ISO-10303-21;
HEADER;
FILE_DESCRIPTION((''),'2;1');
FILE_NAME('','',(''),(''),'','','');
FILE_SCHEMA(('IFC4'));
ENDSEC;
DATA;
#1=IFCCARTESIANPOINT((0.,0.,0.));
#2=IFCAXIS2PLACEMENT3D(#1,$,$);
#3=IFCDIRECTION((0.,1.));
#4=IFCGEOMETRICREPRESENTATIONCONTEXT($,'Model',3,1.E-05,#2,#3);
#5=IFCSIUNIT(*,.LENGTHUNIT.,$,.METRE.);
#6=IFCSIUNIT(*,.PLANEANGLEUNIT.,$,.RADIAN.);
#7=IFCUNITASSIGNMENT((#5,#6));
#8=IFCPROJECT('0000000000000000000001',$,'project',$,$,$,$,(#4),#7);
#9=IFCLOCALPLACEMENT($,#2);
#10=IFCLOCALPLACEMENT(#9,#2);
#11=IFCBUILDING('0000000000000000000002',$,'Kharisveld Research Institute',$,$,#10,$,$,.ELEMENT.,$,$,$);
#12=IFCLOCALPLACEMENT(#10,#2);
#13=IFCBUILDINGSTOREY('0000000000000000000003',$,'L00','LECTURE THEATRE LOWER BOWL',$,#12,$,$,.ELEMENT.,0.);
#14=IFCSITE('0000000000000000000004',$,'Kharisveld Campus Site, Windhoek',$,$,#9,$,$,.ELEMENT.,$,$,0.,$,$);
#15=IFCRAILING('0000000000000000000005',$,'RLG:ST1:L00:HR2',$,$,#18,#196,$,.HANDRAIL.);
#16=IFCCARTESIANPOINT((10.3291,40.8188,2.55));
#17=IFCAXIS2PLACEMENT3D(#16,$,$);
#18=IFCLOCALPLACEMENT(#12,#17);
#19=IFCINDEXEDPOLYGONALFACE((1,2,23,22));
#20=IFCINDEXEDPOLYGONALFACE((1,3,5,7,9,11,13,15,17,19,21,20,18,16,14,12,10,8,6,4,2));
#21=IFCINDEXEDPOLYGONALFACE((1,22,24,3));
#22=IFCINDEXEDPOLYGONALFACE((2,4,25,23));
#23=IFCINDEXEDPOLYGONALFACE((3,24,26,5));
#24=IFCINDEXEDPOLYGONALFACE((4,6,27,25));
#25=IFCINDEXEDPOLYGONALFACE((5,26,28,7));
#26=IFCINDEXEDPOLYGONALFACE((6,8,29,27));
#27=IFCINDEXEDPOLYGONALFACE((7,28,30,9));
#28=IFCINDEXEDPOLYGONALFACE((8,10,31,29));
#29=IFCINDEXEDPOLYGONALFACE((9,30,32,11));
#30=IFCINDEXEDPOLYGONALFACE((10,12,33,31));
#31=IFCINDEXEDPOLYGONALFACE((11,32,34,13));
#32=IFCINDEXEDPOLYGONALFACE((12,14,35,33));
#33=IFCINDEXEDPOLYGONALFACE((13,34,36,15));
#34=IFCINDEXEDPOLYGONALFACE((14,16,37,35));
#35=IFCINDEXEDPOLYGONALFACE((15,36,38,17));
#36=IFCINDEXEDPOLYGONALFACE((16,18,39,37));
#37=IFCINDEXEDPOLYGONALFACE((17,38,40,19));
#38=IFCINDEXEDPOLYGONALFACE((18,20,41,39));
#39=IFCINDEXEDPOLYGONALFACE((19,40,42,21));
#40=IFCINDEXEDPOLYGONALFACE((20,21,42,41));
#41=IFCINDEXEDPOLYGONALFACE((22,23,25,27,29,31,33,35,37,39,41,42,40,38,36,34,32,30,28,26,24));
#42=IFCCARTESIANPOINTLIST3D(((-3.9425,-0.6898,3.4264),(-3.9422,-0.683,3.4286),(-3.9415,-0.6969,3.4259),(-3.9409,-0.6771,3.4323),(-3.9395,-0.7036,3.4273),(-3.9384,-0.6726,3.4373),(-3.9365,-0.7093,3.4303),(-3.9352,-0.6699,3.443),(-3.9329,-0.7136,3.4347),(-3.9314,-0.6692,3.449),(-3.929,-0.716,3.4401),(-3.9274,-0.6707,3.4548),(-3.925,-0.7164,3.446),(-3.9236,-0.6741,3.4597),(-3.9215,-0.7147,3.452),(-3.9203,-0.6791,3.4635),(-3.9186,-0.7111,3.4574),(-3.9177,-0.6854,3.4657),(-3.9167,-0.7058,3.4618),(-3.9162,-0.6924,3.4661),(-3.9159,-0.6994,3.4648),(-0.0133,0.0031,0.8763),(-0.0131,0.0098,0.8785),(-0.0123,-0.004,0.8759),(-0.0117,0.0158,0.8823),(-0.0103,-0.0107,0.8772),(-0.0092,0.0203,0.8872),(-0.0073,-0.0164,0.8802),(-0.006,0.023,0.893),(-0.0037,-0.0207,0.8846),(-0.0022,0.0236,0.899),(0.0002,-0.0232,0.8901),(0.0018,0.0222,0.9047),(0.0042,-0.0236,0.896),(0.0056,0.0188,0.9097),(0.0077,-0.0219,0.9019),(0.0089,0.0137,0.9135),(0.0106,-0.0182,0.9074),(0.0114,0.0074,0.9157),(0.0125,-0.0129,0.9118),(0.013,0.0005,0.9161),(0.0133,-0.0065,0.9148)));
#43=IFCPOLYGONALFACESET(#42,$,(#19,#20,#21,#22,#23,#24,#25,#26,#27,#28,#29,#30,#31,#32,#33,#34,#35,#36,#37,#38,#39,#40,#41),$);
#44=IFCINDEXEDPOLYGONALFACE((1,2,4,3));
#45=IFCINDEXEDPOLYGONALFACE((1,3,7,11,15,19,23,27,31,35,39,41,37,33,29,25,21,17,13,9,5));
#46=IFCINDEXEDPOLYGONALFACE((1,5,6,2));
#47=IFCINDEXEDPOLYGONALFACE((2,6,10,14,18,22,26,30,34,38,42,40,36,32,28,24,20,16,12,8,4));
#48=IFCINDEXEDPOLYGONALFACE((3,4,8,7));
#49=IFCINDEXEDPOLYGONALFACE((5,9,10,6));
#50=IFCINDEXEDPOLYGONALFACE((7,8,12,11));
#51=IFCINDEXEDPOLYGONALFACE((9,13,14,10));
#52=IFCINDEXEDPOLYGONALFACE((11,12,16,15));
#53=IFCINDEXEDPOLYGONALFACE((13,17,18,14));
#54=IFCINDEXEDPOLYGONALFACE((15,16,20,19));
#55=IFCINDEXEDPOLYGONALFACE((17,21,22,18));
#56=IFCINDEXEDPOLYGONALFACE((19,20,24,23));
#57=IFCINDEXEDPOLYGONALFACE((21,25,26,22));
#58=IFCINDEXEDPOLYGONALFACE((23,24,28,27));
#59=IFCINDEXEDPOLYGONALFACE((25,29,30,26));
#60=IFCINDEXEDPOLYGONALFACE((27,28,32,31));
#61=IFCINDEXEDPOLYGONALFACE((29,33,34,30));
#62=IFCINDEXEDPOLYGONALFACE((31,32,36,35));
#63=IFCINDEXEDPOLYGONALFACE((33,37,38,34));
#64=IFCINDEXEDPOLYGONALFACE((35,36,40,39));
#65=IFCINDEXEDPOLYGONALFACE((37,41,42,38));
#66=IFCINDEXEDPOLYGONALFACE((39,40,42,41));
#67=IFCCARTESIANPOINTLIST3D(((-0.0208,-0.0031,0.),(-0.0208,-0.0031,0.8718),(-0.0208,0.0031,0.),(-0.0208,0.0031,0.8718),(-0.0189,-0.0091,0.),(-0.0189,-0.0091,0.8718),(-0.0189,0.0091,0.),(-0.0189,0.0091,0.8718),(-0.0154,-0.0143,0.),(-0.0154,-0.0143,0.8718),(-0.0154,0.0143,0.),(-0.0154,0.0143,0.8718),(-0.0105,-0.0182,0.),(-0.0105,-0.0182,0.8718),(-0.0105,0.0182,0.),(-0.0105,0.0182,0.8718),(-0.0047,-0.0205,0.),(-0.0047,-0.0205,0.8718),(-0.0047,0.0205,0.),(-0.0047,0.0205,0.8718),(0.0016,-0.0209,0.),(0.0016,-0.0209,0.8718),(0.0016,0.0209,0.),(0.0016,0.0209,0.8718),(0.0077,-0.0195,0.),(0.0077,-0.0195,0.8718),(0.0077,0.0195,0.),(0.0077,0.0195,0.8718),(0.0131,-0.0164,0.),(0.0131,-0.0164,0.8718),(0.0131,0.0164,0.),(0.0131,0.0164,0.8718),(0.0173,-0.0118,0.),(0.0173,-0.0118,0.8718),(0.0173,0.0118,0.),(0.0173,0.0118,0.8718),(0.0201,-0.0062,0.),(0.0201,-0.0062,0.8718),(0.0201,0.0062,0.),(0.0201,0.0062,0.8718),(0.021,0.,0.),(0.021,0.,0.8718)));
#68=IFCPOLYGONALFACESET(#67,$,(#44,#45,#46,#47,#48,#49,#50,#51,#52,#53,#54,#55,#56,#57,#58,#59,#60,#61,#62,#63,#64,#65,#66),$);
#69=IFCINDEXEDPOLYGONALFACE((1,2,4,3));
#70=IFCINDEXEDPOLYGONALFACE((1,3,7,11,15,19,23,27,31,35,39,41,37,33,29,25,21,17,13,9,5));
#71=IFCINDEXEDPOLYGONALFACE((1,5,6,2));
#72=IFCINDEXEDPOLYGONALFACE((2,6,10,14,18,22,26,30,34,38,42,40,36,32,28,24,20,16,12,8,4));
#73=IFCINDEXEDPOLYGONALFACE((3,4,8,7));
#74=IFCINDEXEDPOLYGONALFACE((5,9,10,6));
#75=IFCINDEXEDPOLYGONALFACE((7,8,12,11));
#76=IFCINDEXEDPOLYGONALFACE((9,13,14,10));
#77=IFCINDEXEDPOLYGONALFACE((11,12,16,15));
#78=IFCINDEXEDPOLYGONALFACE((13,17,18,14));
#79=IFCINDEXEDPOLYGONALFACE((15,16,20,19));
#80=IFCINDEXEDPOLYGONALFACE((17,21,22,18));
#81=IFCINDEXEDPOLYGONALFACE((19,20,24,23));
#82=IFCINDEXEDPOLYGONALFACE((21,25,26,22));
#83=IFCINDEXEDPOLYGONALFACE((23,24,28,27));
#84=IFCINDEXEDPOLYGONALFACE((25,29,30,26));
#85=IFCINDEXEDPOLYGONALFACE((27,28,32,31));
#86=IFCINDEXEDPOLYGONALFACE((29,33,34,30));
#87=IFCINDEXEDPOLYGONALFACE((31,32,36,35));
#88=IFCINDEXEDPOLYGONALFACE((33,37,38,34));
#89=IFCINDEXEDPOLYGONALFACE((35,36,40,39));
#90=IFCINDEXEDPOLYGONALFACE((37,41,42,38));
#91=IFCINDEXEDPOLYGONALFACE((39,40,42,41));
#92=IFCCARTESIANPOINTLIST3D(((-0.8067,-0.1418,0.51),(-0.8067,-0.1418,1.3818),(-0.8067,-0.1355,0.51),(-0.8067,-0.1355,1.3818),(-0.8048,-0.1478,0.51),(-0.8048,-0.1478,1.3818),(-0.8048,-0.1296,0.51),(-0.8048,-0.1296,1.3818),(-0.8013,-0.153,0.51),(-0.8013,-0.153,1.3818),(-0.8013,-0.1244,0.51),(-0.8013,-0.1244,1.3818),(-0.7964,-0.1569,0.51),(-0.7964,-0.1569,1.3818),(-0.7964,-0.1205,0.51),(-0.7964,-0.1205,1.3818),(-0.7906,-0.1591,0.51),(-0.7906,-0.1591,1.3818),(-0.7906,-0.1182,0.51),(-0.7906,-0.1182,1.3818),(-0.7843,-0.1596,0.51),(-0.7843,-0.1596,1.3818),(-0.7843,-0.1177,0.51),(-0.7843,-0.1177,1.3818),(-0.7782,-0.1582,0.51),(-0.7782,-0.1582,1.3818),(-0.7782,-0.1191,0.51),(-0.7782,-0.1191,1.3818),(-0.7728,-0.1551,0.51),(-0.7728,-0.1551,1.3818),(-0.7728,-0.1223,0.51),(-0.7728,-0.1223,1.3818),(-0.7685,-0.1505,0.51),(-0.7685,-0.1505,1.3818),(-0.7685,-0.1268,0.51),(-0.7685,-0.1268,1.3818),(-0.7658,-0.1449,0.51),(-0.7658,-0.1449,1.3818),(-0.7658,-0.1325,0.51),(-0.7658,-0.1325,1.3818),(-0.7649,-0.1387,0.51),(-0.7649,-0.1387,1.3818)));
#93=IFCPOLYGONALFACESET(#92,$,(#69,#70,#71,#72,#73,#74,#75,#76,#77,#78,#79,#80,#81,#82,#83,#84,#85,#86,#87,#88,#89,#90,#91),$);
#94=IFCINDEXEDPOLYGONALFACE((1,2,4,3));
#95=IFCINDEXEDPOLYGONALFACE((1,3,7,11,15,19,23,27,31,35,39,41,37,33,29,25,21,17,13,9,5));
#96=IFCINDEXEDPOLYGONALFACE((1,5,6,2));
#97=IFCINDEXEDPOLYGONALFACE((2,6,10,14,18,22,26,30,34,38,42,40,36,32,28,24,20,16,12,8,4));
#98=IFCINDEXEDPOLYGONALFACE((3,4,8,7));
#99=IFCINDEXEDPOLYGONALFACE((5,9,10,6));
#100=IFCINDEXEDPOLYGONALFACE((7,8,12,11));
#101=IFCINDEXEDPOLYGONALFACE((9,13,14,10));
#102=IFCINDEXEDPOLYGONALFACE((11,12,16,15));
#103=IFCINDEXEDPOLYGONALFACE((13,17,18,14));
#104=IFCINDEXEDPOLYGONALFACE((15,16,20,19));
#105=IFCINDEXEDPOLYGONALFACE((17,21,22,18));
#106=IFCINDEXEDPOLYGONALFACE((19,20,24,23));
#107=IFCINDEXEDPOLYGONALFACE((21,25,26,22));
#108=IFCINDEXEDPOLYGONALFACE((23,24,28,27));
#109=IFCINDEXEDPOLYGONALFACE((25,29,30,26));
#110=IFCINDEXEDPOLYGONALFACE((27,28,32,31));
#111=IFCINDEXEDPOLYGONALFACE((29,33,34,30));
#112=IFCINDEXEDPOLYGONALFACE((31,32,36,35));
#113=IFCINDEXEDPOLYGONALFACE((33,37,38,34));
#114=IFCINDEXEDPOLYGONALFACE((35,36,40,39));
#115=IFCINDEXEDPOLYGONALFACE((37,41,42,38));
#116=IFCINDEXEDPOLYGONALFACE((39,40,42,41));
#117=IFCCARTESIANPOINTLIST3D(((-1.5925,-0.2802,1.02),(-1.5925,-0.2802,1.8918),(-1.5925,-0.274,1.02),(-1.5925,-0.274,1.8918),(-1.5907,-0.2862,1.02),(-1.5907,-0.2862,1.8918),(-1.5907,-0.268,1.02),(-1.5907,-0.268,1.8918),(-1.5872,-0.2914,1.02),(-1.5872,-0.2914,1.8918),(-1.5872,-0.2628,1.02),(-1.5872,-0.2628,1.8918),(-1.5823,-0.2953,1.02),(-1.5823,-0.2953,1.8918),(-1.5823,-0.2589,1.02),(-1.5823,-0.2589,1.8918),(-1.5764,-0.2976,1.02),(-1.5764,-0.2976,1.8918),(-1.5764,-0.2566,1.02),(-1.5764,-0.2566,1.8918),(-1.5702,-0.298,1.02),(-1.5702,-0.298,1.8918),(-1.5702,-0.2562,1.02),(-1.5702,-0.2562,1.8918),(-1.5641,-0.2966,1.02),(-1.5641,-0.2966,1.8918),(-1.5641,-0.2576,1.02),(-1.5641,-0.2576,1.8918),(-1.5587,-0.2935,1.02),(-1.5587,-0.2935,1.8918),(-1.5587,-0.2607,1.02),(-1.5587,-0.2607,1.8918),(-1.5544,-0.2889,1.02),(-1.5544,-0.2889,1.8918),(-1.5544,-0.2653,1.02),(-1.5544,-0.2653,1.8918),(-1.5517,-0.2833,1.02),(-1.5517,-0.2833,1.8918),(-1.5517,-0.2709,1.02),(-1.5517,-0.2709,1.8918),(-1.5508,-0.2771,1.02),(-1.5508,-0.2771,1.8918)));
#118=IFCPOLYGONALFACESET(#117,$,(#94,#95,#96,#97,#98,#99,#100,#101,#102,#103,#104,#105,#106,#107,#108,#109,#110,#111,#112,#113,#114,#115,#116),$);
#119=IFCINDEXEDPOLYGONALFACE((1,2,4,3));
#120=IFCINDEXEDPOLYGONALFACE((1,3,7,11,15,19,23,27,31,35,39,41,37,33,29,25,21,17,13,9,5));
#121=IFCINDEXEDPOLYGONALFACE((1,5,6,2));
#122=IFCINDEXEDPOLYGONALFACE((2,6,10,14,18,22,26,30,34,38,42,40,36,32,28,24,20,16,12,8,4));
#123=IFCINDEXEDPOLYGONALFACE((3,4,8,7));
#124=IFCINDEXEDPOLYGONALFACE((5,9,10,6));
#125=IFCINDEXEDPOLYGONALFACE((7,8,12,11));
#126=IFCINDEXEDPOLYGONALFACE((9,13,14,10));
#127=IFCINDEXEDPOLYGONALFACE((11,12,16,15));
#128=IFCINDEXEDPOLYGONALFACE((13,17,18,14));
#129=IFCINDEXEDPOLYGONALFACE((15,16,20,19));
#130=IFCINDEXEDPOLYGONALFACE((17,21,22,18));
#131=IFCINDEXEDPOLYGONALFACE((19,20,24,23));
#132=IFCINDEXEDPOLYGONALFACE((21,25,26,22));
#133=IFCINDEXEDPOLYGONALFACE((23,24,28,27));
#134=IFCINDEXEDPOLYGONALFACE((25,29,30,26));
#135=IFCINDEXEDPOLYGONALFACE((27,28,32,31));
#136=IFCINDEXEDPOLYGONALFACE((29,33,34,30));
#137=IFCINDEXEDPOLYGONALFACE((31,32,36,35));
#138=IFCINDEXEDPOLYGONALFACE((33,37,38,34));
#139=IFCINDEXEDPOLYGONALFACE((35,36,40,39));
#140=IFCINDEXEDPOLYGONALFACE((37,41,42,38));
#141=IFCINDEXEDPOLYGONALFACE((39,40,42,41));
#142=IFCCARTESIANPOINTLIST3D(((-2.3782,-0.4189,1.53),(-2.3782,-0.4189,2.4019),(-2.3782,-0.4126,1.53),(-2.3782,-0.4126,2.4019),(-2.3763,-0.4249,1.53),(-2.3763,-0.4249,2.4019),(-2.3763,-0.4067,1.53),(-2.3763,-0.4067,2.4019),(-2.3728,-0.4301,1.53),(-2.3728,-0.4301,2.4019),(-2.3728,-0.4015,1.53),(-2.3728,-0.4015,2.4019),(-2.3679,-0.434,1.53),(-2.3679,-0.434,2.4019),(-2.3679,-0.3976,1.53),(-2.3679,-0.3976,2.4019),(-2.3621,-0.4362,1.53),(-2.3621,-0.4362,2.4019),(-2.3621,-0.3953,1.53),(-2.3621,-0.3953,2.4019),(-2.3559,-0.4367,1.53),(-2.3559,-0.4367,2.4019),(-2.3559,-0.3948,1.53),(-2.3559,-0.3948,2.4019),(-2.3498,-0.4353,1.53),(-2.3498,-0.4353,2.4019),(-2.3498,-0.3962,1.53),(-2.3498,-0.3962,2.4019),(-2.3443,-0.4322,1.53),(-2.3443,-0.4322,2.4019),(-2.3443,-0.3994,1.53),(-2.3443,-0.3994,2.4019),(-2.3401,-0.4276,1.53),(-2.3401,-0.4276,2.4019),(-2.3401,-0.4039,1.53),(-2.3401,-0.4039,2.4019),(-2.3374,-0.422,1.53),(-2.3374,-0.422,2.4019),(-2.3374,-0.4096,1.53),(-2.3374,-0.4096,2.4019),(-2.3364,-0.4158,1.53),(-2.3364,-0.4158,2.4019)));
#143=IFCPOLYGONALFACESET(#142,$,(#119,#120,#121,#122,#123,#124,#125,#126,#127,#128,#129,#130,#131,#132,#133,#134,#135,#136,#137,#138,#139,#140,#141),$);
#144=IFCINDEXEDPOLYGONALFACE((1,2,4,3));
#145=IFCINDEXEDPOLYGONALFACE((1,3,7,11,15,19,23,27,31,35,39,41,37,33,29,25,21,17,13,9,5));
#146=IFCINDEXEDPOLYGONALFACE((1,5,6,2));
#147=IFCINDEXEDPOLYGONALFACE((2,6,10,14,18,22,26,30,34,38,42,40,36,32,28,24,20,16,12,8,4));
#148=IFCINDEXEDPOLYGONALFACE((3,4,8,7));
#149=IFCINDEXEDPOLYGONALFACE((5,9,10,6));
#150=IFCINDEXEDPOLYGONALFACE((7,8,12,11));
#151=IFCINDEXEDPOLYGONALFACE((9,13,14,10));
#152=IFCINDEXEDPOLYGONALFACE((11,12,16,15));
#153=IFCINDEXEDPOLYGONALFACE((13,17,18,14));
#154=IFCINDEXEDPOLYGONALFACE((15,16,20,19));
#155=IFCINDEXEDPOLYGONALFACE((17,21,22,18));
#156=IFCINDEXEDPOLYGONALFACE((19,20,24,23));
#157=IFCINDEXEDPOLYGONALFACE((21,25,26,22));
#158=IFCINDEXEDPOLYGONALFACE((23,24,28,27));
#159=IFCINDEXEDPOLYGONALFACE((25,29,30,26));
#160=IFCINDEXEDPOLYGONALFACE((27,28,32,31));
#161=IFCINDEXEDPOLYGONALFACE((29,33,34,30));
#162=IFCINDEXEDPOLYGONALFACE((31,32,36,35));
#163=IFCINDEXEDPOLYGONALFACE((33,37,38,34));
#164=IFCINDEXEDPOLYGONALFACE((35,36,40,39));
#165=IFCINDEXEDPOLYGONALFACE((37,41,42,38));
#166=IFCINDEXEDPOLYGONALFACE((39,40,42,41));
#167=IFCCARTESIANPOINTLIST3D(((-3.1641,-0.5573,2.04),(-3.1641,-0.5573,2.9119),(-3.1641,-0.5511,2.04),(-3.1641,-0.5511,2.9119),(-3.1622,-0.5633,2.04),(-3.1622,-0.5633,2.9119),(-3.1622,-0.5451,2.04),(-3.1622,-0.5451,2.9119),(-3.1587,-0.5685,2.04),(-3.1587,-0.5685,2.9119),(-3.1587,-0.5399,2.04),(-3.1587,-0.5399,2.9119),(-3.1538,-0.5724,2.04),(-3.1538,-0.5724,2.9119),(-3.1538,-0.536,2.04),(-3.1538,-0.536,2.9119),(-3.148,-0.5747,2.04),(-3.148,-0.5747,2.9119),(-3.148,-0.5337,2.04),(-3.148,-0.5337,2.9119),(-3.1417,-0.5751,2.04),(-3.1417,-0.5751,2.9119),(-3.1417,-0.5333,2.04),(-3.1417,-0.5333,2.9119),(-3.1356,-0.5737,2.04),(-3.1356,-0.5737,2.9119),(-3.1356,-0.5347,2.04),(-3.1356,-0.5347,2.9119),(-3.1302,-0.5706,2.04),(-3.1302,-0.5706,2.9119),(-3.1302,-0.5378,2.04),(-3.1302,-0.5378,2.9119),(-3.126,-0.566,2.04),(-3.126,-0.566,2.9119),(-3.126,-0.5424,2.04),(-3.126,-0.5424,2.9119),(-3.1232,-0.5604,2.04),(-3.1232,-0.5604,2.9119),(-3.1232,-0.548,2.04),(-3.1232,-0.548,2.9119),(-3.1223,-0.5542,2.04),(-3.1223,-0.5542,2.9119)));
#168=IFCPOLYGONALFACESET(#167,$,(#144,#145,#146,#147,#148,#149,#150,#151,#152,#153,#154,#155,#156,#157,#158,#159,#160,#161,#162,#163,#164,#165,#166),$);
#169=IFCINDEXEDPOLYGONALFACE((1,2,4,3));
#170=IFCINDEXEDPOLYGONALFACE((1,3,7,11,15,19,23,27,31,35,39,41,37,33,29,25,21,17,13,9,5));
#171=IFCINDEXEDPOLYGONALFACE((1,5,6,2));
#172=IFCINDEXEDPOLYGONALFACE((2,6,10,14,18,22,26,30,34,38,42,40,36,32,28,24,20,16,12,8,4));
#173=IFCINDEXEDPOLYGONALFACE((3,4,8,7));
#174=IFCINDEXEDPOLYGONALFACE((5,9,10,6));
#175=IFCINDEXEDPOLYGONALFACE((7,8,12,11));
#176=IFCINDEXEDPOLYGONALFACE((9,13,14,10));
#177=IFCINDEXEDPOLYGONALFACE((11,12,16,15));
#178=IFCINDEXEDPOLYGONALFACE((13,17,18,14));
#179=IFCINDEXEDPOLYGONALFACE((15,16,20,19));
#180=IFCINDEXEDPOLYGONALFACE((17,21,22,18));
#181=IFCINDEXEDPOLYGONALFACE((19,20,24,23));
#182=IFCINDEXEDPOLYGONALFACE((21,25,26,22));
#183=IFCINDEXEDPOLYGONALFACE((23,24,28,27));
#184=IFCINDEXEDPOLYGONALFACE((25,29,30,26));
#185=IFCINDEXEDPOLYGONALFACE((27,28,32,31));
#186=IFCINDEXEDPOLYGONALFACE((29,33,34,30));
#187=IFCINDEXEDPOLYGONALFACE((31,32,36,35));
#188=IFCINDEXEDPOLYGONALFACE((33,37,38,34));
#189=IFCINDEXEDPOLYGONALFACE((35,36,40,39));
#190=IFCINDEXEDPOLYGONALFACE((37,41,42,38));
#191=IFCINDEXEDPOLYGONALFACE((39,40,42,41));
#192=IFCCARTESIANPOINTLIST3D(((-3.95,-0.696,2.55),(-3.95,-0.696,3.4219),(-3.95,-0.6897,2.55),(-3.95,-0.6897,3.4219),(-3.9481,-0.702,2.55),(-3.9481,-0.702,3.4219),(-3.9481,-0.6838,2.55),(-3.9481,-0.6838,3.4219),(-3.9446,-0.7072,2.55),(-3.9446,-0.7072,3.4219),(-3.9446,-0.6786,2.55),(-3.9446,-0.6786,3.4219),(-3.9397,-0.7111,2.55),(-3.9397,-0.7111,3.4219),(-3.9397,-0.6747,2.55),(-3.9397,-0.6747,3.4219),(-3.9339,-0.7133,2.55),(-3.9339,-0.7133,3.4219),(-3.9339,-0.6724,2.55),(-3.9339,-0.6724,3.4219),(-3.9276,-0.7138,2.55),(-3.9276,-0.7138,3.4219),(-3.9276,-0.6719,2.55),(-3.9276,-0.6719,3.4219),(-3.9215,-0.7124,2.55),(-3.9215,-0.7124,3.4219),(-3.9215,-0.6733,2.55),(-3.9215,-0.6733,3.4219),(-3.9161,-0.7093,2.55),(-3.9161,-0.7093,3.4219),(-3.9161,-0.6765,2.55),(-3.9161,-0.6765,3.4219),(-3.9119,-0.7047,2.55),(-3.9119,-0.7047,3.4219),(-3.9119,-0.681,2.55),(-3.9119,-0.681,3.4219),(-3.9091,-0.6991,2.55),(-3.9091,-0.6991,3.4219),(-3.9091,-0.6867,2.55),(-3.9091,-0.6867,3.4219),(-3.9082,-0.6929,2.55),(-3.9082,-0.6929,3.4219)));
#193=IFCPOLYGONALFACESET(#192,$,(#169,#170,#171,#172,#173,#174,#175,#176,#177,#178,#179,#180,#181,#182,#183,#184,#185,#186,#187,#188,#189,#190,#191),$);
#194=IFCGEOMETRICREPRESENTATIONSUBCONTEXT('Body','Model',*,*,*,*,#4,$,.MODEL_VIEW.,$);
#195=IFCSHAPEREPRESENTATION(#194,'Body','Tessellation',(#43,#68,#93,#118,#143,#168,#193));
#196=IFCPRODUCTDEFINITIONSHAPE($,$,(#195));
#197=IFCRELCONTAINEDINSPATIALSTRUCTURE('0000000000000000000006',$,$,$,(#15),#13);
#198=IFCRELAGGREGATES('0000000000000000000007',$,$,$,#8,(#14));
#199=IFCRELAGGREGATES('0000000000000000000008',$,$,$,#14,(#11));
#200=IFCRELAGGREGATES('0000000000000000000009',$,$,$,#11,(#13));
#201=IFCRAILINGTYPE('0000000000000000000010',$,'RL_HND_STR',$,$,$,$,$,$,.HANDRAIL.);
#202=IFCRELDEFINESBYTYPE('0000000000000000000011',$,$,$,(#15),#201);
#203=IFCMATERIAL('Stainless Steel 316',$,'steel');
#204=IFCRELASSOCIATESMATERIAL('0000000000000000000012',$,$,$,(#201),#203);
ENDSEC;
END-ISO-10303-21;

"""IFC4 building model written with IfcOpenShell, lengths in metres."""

from ifc_helpers import new_model, si_unit, direction, frame, origin, origin_2d, place, context, subcontext, project, spatial, circle, extrude, material, type_object, element, save


model = new_model("IFC4")

# Units and contexts
model_context = context("Model", 3, precision=1e-05, world=origin(), true_north=direction((0.0, 1.0)))
body_context = subcontext(model_context, "Body", "Model", "MODEL_VIEW")
ifc_project = project(units=[si_unit("LENGTHUNIT", "METRE"), si_unit("PLANEANGLEUNIT", "RADIAN")], contexts=[model_context])

# Site, building, storey
site_placement = place(None, origin())
site = spatial("IfcSite", under=ifc_project, at=site_placement, Name="Kharisveld Campus Site, Windhoek", CompositionType="ELEMENT", RefElevation=0.0)
building_placement = place(site_placement, origin())
building = spatial("IfcBuilding", under=site, at=building_placement, Name="Kharisveld Research Institute", CompositionType="ELEMENT")
storey_placement = place(building_placement, origin())
storey = spatial("IfcBuildingStorey", under=building, at=storey_placement, Name="L00", Description="LECTURE THEATRE LOWER BOWL", CompositionType="ELEMENT", Elevation=0.0)

# Railing
ifc_material_1 = material(Name="Stainless Steel 316", Category="steel")
railing_type_1 = type_object("IfcRailingType", Name="RL_HND_STR", PredefinedType="HANDRAIL", material=ifc_material_1)
railing_1_placement = place(storey_placement, frame((10.3291, 40.8188, 2.55)))
element("IfcRailing", 1, at=railing_1_placement, inside=storey, type_object=railing_type_1, Name="RLG:ST1:L00:HR2", PredefinedType="HANDRAIL", context=body_context, shape_type="SweptSolid", body=[
    extrude(circle(Radius=0.0239, at=origin_2d()), frame((0.0, 0.0, 0.896), z_axis=(-0.829798, -0.146326, 0.538539), x_axis=(0.17366, -0.984806, 0.0)), (0.0, 0.0, 1.0), 4.7351),
    extrude(circle(Radius=0.021, at=origin_2d()), origin(), (0.0, 0.0, 1.0), 0.8718),
    extrude(circle(Radius=0.021, at=origin_2d()), frame((-0.7859, -0.1387, 0.51)), (0.0, 0.0, 1.0), 0.8718),
    extrude(circle(Radius=0.021, at=origin_2d()), frame((-1.5718, -0.2771, 1.02)), (0.0, 0.0, 1.0), 0.8718),
    extrude(circle(Radius=0.021, at=origin_2d()), frame((-2.3574, -0.4158, 1.53)), (0.0, 0.0, 1.0), 0.8718),
    extrude(circle(Radius=0.021, at=origin_2d()), frame((-3.1433, -0.5542, 2.04)), (0.0, 0.0, 1.0), 0.8718),
    extrude(circle(Radius=0.021, at=origin_2d()), frame((-3.9292, -0.6929, 2.55)), (0.0, 0.0, 1.0), 0.8718),
])

save(model, "model.ifc")
